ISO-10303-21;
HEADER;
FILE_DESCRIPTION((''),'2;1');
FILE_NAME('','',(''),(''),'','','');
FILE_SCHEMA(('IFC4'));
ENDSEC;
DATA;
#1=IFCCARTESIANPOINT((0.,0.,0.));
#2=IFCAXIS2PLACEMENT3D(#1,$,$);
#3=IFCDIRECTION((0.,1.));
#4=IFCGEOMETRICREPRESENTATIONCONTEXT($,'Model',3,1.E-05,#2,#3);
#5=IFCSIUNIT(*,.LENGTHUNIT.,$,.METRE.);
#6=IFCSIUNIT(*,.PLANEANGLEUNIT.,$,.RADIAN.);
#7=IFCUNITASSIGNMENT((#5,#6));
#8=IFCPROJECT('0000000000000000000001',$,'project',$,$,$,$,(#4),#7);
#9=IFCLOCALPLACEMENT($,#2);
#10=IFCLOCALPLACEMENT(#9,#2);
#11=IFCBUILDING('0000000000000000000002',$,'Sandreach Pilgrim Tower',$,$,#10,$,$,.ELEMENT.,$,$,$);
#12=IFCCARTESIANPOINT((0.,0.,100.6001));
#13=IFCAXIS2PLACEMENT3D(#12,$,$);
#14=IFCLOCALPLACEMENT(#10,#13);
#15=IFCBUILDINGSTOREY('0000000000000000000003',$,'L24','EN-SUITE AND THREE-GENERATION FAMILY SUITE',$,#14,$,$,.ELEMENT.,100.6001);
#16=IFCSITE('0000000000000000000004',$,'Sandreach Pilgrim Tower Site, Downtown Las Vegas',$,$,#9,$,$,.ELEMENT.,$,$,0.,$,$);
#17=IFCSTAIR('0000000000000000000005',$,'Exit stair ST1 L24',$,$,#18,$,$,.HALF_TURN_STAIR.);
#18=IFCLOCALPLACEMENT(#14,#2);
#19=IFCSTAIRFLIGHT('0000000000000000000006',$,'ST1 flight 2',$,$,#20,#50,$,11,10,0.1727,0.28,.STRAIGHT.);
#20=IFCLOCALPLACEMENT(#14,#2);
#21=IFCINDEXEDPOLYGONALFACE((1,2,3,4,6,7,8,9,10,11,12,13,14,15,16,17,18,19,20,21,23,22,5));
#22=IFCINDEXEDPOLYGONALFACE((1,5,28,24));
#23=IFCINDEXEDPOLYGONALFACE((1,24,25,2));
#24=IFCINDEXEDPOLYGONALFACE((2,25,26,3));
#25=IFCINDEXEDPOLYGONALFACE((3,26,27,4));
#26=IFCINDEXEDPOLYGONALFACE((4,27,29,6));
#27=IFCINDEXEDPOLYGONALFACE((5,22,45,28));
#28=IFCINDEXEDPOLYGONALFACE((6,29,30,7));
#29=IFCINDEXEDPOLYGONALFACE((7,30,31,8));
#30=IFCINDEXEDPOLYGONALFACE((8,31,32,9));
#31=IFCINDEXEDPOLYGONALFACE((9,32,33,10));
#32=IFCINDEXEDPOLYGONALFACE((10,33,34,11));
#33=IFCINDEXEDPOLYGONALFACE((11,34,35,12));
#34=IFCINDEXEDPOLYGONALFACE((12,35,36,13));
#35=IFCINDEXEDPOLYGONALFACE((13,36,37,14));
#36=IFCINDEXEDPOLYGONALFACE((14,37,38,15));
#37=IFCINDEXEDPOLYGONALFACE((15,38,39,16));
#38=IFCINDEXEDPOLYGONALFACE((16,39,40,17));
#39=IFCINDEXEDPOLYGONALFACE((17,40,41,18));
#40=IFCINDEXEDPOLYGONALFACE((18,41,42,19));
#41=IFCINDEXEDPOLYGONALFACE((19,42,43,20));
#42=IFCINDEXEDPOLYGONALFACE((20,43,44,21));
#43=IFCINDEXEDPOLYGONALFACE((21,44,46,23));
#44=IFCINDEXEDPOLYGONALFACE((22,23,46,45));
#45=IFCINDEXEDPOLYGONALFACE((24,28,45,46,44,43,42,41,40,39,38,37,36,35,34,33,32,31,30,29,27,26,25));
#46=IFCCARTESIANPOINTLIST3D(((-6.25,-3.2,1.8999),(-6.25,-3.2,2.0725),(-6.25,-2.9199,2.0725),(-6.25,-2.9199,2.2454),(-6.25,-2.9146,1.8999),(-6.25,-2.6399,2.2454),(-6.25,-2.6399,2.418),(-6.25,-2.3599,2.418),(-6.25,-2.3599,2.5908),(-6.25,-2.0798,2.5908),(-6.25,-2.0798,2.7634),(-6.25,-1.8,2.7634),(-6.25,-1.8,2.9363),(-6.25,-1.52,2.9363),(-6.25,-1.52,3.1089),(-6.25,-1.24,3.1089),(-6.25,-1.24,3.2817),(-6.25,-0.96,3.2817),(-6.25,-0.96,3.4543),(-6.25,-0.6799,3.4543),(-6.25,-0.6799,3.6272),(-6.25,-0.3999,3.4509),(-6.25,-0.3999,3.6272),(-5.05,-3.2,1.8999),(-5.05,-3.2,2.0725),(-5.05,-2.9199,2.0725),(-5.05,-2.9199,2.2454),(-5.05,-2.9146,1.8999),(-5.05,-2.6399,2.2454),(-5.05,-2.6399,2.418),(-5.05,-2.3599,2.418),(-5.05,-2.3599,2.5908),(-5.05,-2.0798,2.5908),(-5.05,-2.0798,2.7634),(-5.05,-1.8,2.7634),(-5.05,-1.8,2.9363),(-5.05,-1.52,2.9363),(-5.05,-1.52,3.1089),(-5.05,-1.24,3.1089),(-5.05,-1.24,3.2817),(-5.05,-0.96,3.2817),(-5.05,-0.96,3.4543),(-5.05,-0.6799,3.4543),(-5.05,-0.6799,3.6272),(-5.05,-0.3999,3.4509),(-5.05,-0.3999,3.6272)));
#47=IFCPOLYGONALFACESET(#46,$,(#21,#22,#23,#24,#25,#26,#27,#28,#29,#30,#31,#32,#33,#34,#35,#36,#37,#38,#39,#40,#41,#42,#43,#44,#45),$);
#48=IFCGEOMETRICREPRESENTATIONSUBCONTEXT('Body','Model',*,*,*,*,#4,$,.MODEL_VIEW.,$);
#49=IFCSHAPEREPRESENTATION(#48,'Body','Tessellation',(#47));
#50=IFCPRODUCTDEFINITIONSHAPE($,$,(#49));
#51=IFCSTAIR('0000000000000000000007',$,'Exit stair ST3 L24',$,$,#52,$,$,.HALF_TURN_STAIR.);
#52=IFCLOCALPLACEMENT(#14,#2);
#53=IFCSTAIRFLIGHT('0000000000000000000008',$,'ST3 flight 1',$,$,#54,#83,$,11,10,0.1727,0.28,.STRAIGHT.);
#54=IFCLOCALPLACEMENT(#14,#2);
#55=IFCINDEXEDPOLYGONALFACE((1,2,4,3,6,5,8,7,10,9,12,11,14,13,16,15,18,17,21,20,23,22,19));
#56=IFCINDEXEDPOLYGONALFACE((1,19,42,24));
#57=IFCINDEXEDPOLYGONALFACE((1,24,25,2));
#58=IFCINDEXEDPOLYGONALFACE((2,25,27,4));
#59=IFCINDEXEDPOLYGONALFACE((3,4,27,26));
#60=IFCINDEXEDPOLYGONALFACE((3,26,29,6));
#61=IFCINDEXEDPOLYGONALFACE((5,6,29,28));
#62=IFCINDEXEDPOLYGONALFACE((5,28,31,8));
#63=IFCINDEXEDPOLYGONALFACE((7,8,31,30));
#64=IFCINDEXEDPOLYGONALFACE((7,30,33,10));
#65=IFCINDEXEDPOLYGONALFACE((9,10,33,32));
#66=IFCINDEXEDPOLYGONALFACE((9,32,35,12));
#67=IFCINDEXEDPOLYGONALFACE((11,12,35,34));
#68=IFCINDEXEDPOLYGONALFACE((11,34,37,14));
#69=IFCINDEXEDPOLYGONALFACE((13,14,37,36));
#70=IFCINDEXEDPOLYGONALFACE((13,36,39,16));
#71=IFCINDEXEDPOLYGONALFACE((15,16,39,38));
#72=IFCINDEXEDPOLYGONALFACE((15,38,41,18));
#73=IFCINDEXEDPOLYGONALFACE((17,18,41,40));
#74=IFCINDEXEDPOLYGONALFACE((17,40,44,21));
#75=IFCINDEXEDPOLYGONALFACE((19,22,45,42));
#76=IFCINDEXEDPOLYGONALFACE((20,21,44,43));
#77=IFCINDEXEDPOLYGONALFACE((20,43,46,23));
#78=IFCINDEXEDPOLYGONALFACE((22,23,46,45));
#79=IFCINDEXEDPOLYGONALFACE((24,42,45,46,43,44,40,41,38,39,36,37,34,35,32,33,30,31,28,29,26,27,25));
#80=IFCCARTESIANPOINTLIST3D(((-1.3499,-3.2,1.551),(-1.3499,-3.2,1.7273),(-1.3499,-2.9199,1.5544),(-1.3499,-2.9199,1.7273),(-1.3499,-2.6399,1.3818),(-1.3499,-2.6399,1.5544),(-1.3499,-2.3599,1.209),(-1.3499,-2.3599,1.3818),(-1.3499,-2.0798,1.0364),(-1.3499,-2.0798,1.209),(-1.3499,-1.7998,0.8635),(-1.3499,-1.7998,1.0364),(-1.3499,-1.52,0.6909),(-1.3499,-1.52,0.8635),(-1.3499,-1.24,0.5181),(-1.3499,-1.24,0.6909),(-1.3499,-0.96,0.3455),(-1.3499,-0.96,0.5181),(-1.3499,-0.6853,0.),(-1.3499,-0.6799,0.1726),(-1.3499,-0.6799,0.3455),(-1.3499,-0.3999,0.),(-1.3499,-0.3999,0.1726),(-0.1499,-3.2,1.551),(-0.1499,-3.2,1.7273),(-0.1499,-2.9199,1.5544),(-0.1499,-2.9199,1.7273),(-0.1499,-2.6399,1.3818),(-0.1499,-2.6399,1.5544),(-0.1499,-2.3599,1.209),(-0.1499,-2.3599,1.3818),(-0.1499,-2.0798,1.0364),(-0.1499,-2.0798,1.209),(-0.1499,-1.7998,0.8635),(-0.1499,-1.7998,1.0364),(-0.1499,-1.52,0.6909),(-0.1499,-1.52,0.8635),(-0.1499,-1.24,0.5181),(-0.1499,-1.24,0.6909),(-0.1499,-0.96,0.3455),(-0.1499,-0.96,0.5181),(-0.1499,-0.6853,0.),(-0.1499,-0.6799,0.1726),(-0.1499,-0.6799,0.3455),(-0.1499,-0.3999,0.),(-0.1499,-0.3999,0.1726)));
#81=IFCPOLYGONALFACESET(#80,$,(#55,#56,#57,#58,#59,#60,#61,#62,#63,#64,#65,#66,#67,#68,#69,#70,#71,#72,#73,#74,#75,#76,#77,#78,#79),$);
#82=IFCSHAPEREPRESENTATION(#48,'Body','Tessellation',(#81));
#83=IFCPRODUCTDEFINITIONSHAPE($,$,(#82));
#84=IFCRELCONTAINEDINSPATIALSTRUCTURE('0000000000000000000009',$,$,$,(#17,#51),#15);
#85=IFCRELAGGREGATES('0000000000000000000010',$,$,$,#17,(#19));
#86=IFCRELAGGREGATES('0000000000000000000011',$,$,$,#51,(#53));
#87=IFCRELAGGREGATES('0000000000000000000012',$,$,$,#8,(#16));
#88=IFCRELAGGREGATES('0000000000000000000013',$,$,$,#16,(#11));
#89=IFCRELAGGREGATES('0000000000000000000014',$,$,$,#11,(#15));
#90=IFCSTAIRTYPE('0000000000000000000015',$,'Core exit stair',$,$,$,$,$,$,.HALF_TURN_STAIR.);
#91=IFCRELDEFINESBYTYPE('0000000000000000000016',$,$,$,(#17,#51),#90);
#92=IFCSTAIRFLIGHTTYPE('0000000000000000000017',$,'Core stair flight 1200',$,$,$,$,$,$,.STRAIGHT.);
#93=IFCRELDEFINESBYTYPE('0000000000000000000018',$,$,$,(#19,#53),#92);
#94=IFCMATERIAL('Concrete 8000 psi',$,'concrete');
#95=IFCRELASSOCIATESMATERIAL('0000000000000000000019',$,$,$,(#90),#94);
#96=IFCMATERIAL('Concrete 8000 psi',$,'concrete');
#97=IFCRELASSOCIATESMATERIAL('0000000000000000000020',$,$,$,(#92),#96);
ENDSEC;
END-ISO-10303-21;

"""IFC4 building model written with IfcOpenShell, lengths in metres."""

from ifc_helpers import new_model, si_unit, direction, frame, origin, place, context, subcontext, project, spatial, polyline, outline, extrude, material, type_object, element, aggregate, save


model = new_model("IFC4")

# Units and contexts
model_context = context("Model", 3, precision=1e-05, world=origin(), true_north=direction((0.0, 1.0)))
body_context = subcontext(model_context, "Body", "Model", "MODEL_VIEW")
ifc_project = project(units=[si_unit("LENGTHUNIT", "METRE"), si_unit("PLANEANGLEUNIT", "RADIAN")], contexts=[model_context])

# Site, building, storey
site_placement = place(None, origin())
site = spatial("IfcSite", under=ifc_project, at=site_placement, Name="Sandreach Pilgrim Tower Site, Downtown Las Vegas", CompositionType="ELEMENT", RefElevation=0.0)
building_placement = place(site_placement, origin())
building = spatial("IfcBuilding", under=site, at=building_placement, Name="Sandreach Pilgrim Tower", CompositionType="ELEMENT")
storey_placement = place(building_placement, frame((0.0, 0.0, 100.6001)))
storey = spatial("IfcBuildingStorey", under=building, at=storey_placement, Name="L24", Description="EN-SUITE AND THREE-GENERATION FAMILY SUITE", CompositionType="ELEMENT", Elevation=100.6001)

# Stairs, stair flights
ifc_material_1 = material(Name="Concrete 8000 psi", Category="concrete")
stair_type = type_object("IfcStairType", Name="Core exit stair", PredefinedType="HALF_TURN_STAIR", material=ifc_material_1)
stair_1_placement = place(storey_placement, origin())
stair_1 = element("IfcStair", 1, at=stair_1_placement, inside=storey, type_object=stair_type, Name="Exit stair ST1 L24", PredefinedType="HALF_TURN_STAIR")
ifc_material_2 = material(Name="Concrete 8000 psi", Category="concrete")
stair_flight_type = type_object("IfcStairFlightType", Name="Core stair flight 1200", PredefinedType="STRAIGHT", material=ifc_material_2)
stair_flight_1_placement = place(storey_placement, frame((-5.6499, -3.2, 1.8999), z_axis=(0.0, 0.0, 1.0), x_axis=(0.0, 1.0, 0.0)))
stair_flight_1 = element("IfcStairFlight", 2, at=stair_flight_1_placement, type_object=stair_flight_type, Name="ST1 flight 2", NumberOfRisers=11, NumberOfTreads=10, PredefinedType="STRAIGHT", RiserHeight=0.1727, TreadLength=0.28, context=body_context, shape_type="SweptSolid", body=[
    extrude(outline(polyline([(0.0, 0.0), (0.0, 0.1726), (0.28, 0.1726), (0.28, 0.3455), (0.5601, 0.3455), (0.5601, 0.5181), (0.8401, 0.5181), (0.8401, 0.6909), (1.1201, 0.6909), (1.1201, 0.8635), (1.3999, 0.8635), (1.3999, 1.0364), (1.6799, 1.0364), (1.6799, 1.209), (1.96, 1.209), (1.96, 1.3818), (2.24, 1.3818), (2.24, 1.5544), (2.52, 1.5544), (2.52, 1.7273), (2.8, 1.7273), (2.8, 1.8999), (2.8, 1.551), (0.2854, 0.0), (0.0, 0.0)])), frame((0.0, 0.6001, 0.0), z_axis=(0.0, -1.0, 0.0), x_axis=(1.0, 0.0, 0.0)), (0.0, 0.0, 1.0), 1.2),
])
aggregate(stair_1, [stair_flight_1])
stair_2_placement = place(storey_placement, origin())
stair_2 = element("IfcStair", 3, at=stair_2_placement, inside=storey, type_object=stair_type, Name="Exit stair ST3 L24", PredefinedType="HALF_TURN_STAIR")
stair_flight_2_placement = place(storey_placement, frame((-0.75, -0.3999, 0.0), z_axis=(0.0, 0.0, 1.0), x_axis=(0.0, -1.0, 0.0)))
stair_flight_2 = element("IfcStairFlight", 4, at=stair_flight_2_placement, type_object=stair_flight_type, Name="ST3 flight 1", NumberOfRisers=11, NumberOfTreads=10, PredefinedType="STRAIGHT", RiserHeight=0.1727, TreadLength=0.28, context=body_context, shape_type="SweptSolid", body=[
    extrude(outline(polyline([(0.0, 0.0), (0.0, 0.1726), (0.28, 0.1726), (0.28, 0.3455), (0.5601, 0.3455), (0.5601, 0.5181), (0.8401, 0.5181), (0.8401, 0.6909), (1.1201, 0.6909), (1.1201, 0.8635), (1.3999, 0.8635), (1.3999, 1.0364), (1.6799, 1.0364), (1.6799, 1.209), (1.96, 1.209), (1.96, 1.3818), (2.24, 1.3818), (2.24, 1.5544), (2.52, 1.5544), (2.52, 1.7273), (2.8, 1.7273), (2.8, 1.8999), (2.8, 1.551), (0.2854, 0.0), (0.0, 0.0)])), frame((0.0, 0.6001, 0.0), z_axis=(0.0, -1.0, 0.0), x_axis=(1.0, 0.0, 0.0)), (0.0, 0.0, 1.0), 1.2),
])
aggregate(stair_2, [stair_flight_2])

save(model, "model.ifc")
